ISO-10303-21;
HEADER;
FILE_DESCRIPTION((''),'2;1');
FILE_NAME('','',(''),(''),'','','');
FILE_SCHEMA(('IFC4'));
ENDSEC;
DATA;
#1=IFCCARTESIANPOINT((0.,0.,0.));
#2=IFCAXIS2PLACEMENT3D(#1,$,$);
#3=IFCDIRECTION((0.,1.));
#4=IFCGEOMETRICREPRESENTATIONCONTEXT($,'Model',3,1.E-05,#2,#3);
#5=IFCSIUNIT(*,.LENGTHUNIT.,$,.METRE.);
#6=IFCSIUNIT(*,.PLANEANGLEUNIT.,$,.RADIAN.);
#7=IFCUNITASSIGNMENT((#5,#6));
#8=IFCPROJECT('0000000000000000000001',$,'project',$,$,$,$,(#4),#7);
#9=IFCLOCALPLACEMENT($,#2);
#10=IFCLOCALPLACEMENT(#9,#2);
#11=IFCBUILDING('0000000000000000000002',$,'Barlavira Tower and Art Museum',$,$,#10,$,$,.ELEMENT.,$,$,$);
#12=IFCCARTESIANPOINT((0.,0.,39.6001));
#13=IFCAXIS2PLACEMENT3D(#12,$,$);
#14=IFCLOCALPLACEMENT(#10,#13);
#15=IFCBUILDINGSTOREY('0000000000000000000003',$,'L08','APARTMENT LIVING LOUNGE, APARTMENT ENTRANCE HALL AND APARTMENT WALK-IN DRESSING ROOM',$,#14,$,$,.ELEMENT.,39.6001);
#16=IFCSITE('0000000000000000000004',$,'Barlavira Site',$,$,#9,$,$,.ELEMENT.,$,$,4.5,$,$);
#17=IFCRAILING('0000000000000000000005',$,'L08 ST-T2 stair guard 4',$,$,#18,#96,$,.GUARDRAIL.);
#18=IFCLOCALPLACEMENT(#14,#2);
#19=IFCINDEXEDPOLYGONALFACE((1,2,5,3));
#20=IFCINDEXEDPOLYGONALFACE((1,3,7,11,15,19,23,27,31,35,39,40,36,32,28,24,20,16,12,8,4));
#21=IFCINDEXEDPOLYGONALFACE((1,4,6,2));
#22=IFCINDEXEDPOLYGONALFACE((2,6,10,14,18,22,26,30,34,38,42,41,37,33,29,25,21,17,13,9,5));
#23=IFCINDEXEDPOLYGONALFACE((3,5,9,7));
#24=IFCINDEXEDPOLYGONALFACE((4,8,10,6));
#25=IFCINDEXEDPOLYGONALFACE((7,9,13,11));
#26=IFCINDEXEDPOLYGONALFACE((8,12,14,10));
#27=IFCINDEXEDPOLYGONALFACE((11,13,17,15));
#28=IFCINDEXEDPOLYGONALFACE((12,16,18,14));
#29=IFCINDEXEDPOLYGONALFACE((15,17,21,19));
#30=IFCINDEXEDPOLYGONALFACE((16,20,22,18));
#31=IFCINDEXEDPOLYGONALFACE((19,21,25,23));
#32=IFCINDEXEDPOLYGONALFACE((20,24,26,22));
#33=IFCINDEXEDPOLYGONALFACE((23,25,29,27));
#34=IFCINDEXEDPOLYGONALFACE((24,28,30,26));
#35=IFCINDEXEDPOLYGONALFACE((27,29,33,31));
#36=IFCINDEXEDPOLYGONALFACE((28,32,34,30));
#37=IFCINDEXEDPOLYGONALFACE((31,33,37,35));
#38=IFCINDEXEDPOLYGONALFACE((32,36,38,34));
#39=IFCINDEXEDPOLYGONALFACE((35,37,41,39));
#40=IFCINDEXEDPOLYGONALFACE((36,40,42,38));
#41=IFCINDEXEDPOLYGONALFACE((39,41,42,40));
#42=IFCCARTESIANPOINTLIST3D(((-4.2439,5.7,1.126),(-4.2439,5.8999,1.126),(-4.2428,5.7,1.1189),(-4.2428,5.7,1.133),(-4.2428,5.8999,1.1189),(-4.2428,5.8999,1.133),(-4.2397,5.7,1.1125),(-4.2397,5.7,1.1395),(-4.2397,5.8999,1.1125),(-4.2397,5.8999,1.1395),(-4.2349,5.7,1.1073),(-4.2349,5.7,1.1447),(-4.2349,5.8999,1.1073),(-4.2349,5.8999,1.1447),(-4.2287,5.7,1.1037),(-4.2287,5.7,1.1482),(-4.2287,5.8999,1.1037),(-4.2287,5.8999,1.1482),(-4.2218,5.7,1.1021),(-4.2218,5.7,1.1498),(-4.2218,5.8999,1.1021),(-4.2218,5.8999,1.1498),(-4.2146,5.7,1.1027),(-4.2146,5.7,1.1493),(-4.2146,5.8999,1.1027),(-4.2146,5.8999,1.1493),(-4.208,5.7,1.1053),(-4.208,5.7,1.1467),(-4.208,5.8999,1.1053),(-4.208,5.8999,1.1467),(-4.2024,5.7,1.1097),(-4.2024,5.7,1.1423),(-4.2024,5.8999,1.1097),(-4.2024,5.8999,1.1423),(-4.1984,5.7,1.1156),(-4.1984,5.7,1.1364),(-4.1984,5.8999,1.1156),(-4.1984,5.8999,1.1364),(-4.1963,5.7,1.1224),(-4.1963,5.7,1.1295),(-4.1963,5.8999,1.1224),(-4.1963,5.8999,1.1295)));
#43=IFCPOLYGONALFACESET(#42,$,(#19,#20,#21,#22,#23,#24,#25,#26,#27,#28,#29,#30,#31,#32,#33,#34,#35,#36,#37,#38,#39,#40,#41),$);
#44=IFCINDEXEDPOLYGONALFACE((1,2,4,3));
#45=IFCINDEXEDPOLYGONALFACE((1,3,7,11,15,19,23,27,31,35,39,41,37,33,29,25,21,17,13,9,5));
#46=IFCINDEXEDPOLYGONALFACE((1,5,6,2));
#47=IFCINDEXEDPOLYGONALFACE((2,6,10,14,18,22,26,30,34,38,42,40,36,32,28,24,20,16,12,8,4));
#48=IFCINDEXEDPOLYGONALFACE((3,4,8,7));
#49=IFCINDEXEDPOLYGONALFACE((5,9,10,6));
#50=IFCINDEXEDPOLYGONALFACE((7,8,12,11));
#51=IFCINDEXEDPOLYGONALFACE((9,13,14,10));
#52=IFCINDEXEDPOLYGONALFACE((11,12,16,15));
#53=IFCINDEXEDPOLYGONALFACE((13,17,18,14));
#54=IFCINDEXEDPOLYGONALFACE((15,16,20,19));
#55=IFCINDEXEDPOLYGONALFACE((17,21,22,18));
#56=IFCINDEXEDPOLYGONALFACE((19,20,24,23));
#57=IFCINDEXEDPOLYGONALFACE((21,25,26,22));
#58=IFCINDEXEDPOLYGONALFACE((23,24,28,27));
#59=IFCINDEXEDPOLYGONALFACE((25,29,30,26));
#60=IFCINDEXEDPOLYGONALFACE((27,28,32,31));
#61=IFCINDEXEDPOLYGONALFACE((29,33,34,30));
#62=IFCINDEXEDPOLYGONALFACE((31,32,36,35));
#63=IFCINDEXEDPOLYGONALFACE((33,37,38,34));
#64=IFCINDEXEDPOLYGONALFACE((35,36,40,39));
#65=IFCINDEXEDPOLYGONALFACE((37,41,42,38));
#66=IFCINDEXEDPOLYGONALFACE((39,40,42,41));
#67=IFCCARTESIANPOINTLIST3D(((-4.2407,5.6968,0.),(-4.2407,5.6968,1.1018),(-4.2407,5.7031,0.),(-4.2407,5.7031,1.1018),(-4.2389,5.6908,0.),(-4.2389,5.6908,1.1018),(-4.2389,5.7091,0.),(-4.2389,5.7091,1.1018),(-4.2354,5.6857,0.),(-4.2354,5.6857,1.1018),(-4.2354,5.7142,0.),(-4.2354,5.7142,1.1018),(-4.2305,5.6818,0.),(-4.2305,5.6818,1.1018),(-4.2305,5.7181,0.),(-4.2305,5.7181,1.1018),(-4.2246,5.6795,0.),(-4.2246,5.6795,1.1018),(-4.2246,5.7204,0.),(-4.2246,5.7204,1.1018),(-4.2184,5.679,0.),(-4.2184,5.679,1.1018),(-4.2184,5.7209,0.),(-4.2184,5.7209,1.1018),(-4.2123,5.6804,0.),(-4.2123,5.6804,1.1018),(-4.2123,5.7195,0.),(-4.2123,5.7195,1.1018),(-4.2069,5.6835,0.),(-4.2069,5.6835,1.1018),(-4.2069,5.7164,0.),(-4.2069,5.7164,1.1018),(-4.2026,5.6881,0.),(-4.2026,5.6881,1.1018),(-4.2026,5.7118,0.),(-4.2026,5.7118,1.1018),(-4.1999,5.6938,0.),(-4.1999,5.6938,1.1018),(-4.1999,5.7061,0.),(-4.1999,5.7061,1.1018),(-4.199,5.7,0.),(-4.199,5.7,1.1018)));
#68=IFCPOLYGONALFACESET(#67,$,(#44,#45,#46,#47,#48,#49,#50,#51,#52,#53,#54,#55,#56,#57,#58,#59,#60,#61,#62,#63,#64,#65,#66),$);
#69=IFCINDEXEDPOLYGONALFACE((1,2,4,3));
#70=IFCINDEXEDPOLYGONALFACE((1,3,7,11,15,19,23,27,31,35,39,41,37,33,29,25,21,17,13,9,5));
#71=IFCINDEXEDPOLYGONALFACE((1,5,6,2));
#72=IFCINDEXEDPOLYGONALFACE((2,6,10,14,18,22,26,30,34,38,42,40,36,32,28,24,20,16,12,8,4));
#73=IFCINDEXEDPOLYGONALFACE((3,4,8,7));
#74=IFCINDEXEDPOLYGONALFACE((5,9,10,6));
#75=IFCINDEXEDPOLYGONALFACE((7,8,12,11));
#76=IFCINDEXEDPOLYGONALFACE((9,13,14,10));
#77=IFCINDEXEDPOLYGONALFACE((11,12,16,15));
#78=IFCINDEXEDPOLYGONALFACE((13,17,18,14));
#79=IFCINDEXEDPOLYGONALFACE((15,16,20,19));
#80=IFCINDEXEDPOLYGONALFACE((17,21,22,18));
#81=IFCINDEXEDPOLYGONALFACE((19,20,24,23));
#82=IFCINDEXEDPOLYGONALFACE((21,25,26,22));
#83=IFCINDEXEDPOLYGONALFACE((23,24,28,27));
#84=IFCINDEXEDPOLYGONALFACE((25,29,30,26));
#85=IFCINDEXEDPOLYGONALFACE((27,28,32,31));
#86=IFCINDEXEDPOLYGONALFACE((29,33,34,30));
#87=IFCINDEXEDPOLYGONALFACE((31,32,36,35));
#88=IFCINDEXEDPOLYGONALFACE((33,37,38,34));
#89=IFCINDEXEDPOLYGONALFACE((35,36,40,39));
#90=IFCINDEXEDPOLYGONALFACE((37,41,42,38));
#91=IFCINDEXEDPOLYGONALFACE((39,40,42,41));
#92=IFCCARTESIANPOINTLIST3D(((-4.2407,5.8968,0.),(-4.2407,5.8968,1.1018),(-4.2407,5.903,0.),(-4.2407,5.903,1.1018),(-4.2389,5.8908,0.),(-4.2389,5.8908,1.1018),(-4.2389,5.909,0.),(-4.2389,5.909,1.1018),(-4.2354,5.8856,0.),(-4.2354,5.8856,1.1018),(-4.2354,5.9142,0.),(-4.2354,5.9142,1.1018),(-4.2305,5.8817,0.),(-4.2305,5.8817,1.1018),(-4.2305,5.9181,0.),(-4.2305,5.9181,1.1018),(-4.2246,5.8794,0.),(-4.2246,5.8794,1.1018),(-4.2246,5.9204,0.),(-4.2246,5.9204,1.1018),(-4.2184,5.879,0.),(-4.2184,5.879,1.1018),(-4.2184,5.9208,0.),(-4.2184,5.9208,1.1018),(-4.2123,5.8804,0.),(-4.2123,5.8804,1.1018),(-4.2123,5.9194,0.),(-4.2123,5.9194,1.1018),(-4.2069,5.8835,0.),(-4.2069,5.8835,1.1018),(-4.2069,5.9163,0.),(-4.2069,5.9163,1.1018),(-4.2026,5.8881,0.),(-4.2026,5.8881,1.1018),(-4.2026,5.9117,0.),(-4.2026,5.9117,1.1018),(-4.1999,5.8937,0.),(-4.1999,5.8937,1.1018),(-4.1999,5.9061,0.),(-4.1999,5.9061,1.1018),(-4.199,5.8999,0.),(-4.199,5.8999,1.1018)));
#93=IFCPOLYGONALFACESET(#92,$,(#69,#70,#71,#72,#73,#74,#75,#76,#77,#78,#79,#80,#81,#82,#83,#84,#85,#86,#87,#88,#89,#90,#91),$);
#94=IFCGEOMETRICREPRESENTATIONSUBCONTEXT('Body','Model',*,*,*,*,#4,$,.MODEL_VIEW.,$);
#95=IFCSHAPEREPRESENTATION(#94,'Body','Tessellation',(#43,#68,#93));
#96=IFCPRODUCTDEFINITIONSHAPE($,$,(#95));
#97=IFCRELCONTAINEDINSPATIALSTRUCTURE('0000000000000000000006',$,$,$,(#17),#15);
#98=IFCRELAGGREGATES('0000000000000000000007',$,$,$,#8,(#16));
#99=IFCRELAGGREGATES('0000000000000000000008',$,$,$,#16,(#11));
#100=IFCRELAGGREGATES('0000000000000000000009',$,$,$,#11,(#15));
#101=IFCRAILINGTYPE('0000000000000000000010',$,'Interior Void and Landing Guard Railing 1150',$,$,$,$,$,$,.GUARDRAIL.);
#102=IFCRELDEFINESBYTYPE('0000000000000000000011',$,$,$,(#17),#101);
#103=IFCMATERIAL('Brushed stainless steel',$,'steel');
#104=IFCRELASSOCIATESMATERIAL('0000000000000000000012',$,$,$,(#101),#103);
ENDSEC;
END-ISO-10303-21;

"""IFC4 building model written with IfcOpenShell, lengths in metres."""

from ifc_helpers import new_model, si_unit, direction, frame, origin, origin_2d, place, context, subcontext, project, spatial, circle, extrude, material, type_object, element, save


model = new_model("IFC4")

# Units and contexts
model_context = context("Model", 3, precision=1e-05, world=origin(), true_north=direction((0.0, 1.0)))
body_context = subcontext(model_context, "Body", "Model", "MODEL_VIEW")
ifc_project = project(units=[si_unit("LENGTHUNIT", "METRE"), si_unit("PLANEANGLEUNIT", "RADIAN")], contexts=[model_context])

# Site, building, storey
site_placement = place(None, origin())
site = spatial("IfcSite", under=ifc_project, at=site_placement, Name="Barlavira Site", CompositionType="ELEMENT", RefElevation=4.5)
building_placement = place(site_placement, origin())
building = spatial("IfcBuilding", under=site, at=building_placement, Name="Barlavira Tower and Art Museum", CompositionType="ELEMENT")
storey_placement = place(building_placement, frame((0.0, 0.0, 39.6001)))
storey = spatial("IfcBuildingStorey", under=building, at=storey_placement, Name="L08", Description="APARTMENT LIVING LOUNGE, APARTMENT ENTRANCE HALL AND APARTMENT WALK-IN DRESSING ROOM", CompositionType="ELEMENT", Elevation=39.6001)

# Shared definitions
ifc_material_1 = material(Name="Brushed stainless steel", Category="steel")

# Railing
railing_type_1 = type_object("IfcRailingType", Name="Interior Void and Landing Guard Railing 1150", PredefinedType="GUARDRAIL", material=ifc_material_1)
railing_1_placement = place(storey_placement, frame((-4.22, 5.7, 0.0)))
element("IfcRailing", 1, at=railing_1_placement, inside=storey, type_object=railing_type_1, Name="L08 ST-T2 stair guard 4", PredefinedType="GUARDRAIL", context=body_context, shape_type="SweptSolid", body=[
    extrude(circle(Radius=0.0239, at=origin_2d()), frame((0.0, 0.0, 1.126), z_axis=(0.0, 1.0, 0.0), x_axis=(-1.0, 0.0, 0.0)), (0.0, 0.0, 1.0), 0.2),
    extrude(circle(Radius=0.021, at=origin_2d()), origin(), (0.0, 0.0, 1.0), 1.1018),
    extrude(circle(Radius=0.021, at=origin_2d()), frame((0.0, 0.2, 0.0)), (0.0, 0.0, 1.0), 1.1018),
])

save(model, "model.ifc")
